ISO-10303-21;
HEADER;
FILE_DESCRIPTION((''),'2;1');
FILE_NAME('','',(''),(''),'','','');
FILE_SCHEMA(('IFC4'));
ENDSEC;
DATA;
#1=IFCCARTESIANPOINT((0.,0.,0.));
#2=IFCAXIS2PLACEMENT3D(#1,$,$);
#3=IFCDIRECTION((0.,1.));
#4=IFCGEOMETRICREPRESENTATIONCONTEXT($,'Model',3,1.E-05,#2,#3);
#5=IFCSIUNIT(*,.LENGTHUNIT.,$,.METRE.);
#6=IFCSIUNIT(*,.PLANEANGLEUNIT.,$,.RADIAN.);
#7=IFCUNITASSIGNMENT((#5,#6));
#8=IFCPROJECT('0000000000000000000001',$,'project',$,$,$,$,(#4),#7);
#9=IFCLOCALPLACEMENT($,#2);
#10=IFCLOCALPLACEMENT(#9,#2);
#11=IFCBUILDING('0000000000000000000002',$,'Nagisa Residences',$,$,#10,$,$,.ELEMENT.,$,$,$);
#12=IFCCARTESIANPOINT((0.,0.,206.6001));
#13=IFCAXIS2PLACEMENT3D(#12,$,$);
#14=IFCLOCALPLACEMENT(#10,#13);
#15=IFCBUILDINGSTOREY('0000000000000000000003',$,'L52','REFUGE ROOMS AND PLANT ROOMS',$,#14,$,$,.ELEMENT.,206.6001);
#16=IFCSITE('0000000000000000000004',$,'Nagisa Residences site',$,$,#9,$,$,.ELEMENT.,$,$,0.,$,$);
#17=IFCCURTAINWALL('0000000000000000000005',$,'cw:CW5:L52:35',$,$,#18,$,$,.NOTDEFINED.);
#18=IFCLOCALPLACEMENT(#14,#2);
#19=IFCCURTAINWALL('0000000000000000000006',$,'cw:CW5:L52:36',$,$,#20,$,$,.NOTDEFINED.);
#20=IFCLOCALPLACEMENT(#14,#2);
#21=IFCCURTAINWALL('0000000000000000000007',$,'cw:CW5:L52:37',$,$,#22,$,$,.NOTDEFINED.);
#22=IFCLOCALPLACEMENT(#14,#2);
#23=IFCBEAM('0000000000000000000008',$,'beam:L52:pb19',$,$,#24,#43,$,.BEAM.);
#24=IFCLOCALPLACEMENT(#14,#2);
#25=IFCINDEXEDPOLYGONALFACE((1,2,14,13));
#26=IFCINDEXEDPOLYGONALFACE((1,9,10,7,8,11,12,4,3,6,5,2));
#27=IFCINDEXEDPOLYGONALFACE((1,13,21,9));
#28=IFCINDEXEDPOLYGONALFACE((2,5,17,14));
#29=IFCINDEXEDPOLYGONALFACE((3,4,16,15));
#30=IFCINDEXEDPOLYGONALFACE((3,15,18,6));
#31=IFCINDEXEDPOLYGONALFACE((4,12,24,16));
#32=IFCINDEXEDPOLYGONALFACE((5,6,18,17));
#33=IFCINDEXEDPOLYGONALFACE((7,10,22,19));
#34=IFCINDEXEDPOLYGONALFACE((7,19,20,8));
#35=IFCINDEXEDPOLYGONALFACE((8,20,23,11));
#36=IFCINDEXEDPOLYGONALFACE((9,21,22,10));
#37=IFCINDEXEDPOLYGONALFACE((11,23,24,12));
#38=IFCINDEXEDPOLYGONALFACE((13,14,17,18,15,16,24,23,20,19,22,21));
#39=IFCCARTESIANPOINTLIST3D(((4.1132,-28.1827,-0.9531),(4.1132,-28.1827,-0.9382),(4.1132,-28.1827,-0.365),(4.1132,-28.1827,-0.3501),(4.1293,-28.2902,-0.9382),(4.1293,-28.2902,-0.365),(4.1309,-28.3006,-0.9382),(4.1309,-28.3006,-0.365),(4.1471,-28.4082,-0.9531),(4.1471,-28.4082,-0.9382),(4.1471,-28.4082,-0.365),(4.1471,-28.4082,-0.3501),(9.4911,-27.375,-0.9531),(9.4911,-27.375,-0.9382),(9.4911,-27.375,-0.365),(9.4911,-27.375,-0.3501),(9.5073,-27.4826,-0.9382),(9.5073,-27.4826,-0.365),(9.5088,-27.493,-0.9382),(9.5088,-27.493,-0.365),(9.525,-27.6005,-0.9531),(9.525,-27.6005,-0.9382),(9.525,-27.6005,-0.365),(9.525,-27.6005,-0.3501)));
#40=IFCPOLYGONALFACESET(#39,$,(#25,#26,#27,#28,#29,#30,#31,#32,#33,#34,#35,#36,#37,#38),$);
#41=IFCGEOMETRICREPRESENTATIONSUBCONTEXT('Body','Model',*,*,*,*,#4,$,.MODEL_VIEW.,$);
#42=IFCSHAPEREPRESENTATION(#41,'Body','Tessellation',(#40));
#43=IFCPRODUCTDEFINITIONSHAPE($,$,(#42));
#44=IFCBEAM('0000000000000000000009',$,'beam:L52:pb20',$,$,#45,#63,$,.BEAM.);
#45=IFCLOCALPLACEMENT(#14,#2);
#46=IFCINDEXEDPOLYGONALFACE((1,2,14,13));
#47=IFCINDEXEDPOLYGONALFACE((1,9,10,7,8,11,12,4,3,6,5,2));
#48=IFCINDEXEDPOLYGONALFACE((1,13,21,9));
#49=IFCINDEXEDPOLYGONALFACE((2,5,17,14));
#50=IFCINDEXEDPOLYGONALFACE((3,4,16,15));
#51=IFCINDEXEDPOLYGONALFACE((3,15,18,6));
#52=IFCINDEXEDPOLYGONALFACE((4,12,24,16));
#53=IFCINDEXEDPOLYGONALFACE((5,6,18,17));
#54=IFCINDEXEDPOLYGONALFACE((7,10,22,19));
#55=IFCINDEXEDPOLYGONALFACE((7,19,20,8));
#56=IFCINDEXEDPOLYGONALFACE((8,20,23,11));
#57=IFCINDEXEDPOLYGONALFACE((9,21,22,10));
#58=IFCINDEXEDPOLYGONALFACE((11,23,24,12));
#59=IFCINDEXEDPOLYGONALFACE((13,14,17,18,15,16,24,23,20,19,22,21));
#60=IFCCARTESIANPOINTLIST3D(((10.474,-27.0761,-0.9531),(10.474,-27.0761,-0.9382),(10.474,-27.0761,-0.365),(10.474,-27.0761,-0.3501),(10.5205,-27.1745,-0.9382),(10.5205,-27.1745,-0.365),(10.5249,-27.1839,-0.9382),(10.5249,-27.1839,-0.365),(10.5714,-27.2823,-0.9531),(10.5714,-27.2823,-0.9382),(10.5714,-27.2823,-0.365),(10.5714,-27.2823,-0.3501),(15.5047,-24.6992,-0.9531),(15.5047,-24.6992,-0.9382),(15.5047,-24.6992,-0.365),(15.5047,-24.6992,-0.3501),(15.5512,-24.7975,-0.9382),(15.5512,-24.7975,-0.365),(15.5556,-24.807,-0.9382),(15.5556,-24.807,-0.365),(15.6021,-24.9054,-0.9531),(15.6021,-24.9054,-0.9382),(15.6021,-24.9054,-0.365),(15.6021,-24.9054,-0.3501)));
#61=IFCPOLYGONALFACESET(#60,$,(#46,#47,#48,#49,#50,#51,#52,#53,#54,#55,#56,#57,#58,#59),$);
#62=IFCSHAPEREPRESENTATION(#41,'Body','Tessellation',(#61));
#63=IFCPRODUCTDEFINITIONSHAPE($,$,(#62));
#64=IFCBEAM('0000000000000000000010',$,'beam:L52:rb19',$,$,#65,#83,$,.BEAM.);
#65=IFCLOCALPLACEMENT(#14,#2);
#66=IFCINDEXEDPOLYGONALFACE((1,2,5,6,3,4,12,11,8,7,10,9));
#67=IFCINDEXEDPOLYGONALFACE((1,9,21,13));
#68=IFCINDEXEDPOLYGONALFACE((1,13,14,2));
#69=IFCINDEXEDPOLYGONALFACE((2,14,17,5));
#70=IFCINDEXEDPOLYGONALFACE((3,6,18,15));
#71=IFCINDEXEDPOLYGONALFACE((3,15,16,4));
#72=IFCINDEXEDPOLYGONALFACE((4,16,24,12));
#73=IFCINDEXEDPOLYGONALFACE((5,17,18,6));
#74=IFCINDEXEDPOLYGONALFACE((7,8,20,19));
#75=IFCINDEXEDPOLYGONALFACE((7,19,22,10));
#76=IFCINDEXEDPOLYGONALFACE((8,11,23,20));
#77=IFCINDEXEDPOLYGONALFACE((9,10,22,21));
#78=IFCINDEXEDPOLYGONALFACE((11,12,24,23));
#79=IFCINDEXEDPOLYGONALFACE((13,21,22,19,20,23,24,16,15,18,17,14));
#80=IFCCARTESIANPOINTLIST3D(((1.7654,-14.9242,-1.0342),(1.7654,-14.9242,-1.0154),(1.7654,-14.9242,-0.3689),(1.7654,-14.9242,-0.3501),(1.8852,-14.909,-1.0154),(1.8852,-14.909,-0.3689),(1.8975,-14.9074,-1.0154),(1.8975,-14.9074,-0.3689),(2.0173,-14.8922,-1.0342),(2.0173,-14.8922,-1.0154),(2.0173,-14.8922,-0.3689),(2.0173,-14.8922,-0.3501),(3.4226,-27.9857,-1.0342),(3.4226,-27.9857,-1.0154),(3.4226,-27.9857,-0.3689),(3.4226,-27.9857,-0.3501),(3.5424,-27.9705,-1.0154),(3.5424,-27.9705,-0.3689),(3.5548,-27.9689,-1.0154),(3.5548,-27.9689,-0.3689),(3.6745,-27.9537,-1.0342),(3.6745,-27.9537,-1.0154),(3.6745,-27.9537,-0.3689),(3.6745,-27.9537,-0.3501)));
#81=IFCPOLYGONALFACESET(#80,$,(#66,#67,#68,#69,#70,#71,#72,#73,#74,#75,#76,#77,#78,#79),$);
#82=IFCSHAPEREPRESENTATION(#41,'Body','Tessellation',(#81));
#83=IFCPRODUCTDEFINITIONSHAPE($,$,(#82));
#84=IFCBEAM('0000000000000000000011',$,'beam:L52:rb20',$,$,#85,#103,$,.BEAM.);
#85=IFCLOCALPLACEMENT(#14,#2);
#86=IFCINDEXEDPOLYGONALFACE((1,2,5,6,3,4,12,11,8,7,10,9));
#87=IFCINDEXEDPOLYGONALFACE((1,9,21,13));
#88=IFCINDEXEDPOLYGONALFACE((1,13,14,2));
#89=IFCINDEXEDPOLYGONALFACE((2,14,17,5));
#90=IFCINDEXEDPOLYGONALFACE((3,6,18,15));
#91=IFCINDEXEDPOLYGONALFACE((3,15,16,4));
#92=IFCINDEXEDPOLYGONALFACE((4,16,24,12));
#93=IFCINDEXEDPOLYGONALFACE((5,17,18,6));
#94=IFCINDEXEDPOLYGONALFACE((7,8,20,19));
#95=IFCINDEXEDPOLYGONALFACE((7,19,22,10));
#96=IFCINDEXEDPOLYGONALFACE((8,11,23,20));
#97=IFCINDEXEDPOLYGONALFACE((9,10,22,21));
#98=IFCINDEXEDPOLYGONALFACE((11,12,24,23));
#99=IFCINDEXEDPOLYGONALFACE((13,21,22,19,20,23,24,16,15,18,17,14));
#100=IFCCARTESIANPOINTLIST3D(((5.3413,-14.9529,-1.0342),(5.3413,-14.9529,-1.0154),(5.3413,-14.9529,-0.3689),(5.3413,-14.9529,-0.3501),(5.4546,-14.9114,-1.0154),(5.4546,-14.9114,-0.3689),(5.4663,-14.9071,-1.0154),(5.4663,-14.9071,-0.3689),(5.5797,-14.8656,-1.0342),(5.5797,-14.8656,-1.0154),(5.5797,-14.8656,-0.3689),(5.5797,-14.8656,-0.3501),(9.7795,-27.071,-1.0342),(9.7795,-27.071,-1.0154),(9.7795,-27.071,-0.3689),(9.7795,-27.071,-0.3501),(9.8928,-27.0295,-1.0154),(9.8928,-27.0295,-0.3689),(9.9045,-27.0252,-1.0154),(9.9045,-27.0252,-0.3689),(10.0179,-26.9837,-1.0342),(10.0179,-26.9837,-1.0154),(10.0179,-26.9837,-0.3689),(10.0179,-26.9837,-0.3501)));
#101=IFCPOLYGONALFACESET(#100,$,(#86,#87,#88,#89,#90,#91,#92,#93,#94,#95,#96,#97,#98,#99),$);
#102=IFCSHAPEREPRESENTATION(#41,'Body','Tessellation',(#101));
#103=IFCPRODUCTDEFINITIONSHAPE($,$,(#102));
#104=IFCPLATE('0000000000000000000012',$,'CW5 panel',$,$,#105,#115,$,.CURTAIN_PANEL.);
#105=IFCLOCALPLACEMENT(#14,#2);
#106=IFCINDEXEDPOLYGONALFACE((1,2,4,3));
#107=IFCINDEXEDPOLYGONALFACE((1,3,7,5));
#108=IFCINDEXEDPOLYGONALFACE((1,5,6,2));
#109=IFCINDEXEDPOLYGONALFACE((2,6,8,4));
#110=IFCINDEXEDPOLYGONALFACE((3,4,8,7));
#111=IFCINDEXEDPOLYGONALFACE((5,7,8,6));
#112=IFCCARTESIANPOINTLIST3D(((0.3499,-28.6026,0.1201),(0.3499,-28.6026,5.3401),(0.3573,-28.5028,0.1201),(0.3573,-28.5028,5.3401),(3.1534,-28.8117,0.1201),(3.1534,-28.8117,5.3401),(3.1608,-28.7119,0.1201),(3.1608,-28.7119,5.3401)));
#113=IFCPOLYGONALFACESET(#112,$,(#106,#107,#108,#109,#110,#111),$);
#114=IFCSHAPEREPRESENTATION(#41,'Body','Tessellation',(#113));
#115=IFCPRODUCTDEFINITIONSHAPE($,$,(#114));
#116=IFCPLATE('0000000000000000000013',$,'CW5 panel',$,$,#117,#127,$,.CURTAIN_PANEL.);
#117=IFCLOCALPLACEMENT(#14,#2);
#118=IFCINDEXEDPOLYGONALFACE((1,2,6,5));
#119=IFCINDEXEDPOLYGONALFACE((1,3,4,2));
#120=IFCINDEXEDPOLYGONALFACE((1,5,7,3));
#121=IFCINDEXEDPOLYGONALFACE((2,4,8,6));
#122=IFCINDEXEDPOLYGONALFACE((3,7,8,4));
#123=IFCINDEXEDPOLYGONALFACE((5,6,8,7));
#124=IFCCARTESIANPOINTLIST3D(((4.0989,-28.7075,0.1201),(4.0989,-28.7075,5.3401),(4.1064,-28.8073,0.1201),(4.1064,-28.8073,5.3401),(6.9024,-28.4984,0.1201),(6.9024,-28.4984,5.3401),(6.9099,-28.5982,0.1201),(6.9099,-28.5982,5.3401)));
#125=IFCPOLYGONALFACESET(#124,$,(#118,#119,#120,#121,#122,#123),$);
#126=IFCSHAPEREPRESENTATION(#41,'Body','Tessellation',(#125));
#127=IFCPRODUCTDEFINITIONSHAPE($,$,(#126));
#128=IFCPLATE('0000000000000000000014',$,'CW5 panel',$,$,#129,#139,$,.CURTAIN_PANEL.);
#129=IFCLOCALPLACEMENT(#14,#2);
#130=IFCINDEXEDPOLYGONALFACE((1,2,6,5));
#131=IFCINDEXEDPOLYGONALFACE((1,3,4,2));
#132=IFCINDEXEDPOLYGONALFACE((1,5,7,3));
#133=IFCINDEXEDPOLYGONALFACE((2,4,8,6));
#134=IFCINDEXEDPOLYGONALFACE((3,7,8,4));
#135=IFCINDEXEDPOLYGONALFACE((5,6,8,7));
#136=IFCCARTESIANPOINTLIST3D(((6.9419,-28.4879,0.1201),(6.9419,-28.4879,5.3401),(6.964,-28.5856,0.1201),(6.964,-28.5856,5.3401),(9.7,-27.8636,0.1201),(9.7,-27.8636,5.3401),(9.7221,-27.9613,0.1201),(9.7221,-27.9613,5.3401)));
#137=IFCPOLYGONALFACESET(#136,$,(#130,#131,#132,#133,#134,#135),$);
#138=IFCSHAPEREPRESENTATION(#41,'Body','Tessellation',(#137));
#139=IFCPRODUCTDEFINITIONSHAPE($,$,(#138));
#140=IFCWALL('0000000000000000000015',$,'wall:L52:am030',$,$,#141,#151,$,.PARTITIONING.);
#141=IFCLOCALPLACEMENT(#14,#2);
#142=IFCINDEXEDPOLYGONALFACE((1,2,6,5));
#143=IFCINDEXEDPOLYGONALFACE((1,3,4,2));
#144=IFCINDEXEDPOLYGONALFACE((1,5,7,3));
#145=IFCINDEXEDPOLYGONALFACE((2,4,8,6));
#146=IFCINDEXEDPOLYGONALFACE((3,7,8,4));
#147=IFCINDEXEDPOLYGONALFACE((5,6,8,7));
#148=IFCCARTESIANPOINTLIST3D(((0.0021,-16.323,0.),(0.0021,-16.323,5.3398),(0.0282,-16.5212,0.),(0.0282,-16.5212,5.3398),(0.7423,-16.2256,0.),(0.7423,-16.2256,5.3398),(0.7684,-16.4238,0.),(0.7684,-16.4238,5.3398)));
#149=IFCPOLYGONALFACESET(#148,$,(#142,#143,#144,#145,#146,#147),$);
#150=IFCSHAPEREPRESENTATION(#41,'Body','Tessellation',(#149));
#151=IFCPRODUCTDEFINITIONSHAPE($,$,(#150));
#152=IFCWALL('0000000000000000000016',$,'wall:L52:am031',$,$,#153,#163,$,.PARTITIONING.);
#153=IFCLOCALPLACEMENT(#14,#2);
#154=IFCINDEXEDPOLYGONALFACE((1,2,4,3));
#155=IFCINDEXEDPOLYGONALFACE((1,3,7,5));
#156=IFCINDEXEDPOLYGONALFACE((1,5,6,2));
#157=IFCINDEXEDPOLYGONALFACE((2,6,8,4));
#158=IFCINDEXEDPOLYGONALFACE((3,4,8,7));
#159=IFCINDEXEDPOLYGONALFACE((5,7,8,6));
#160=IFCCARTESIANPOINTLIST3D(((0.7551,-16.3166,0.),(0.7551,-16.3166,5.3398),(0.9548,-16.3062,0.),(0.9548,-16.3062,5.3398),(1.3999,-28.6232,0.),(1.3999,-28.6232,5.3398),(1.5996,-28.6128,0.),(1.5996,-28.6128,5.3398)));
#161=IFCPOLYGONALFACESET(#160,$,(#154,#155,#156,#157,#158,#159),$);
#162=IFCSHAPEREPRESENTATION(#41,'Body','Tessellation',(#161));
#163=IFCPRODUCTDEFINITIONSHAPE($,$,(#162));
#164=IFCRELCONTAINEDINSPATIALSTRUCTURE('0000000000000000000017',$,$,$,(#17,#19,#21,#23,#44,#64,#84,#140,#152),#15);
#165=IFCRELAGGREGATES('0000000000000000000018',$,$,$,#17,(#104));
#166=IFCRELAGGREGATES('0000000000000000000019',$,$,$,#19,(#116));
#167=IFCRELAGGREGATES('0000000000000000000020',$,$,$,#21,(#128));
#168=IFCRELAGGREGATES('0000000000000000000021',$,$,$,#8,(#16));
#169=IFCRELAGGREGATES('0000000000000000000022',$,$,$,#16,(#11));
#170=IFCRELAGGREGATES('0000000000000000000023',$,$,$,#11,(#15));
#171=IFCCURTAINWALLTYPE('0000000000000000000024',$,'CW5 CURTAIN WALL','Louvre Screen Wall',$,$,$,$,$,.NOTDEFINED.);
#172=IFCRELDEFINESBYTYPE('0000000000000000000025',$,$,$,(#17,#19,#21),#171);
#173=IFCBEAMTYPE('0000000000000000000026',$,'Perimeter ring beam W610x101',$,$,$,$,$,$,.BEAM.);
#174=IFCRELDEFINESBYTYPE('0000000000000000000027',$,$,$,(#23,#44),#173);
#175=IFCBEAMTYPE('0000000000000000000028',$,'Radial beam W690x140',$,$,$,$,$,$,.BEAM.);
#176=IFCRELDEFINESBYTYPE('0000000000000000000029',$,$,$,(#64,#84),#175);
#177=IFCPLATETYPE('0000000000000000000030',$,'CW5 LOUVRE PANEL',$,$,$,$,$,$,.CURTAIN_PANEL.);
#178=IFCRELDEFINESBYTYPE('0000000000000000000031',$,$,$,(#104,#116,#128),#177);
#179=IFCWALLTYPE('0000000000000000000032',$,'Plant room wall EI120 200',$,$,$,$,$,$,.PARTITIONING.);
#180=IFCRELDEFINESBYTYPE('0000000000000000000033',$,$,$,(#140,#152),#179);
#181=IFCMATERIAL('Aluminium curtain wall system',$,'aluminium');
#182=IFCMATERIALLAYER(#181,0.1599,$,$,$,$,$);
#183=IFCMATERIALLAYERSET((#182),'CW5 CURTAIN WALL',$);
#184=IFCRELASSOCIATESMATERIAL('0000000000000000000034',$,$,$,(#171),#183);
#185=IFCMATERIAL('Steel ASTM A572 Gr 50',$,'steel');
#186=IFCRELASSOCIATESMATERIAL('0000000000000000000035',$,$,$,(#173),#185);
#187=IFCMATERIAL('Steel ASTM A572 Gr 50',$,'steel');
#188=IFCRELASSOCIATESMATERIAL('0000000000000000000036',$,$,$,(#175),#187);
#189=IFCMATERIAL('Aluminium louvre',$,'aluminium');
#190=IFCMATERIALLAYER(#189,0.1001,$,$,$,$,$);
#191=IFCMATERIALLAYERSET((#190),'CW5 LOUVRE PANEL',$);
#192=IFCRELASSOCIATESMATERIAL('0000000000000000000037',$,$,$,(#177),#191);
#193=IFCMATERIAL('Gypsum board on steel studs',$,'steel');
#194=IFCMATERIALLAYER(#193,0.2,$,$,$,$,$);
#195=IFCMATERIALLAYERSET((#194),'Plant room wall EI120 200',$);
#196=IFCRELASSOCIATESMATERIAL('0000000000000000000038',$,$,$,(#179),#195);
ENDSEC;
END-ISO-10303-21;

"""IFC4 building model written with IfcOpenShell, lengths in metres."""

from ifc_helpers import new_model, si_unit, direction, frame, frame_2d, origin, origin_2d, place, context, subcontext, project, spatial, rectangle, i_section, extrude, material, layer, layer_set, material_profile, profile_set, type_object, element, aggregate, save


model = new_model("IFC4")

# Units and contexts
model_context = context("Model", 3, precision=1e-05, world=origin(), true_north=direction((0.0, 1.0)))
body_context = subcontext(model_context, "Body", "Model", "MODEL_VIEW")
ifc_project = project(units=[si_unit("LENGTHUNIT", "METRE"), si_unit("PLANEANGLEUNIT", "RADIAN")], contexts=[model_context])

# Site, building, storey
site_placement = place(None, origin())
site = spatial("IfcSite", under=ifc_project, at=site_placement, Name="Nagisa Residences site", CompositionType="ELEMENT", RefElevation=0.0)
building_placement = place(site_placement, origin())
building = spatial("IfcBuilding", under=site, at=building_placement, Name="Nagisa Residences", CompositionType="ELEMENT")
storey_placement = place(building_placement, frame((0.0, 0.0, 206.6001)))
storey = spatial("IfcBuildingStorey", under=building, at=storey_placement, Name="L52", Description="REFUGE ROOMS AND PLANT ROOMS", CompositionType="ELEMENT", Elevation=206.6001)

# Curtain walls
ifc_material_1 = material(Name="Aluminium curtain wall system", Category="aluminium")
ifc_layer_1 = layer(ifc_material_1, 0.1599)
ifc_layer_set_1 = layer_set([ifc_layer_1], Name="CW5 CURTAIN WALL")
curtain_wall_type = type_object("IfcCurtainWallType", Name="CW5 CURTAIN WALL", Description="Louvre Screen Wall", PredefinedType="NOTDEFINED", material=ifc_layer_set_1)
curtain_wall_1_placement = place(storey_placement, origin())
curtain_wall_1 = element("IfcCurtainWall", 1, at=curtain_wall_1_placement, inside=storey, type_object=curtain_wall_type, Name="cw:CW5:L52:35", PredefinedType="NOTDEFINED")
curtain_wall_2_placement = place(storey_placement, origin())
curtain_wall_2 = element("IfcCurtainWall", 2, at=curtain_wall_2_placement, inside=storey, type_object=curtain_wall_type, Name="cw:CW5:L52:36", PredefinedType="NOTDEFINED")
curtain_wall_3_placement = place(storey_placement, origin())
curtain_wall_3 = element("IfcCurtainWall", 3, at=curtain_wall_3_placement, inside=storey, type_object=curtain_wall_type, Name="cw:CW5:L52:37", PredefinedType="NOTDEFINED")

# Beams
ifc_material_2 = material(Name="Steel ASTM A572 Gr 50", Category="steel")
ifc_material_profile_1 = material_profile(ifc_material_2, i_section(OverallWidth=0.228, OverallDepth=0.603, WebThickness=0.0105, FlangeThickness=0.0149, at=origin_2d()), Name="W610x101")
ifc_profile_set_1 = profile_set([ifc_material_profile_1], Name="Steel ASTM A572 Gr 50")
beam_type_1 = type_object("IfcBeamType", Name="Perimeter ring beam W610x101", PredefinedType="BEAM", material=ifc_profile_set_1)
beam_1_placement = place(storey_placement, frame((4.1301, -28.2954, -0.6516), z_axis=(0.988911, 0.148507, 0.0), x_axis=(-0.148507, 0.988911, 0.0)))
element("IfcBeam", 4, at=beam_1_placement, inside=storey, type_object=beam_type_1, Name="beam:L52:pb19", PredefinedType="BEAM", context=body_context, shape_type="SweptSolid", body=[
    extrude(i_section(OverallWidth=0.228, OverallDepth=0.603, WebThickness=0.0105, FlangeThickness=0.0149, at=origin_2d()), origin(), (0.0, 0.0, 1.0), 5.4382),
])
beam_2_placement = place(storey_placement, frame((10.5227, -27.1792, -0.6516), z_axis=(0.904157, 0.4272, 0.0), x_axis=(-0.4272, 0.904157, 0.0)))
element("IfcBeam", 5, at=beam_2_placement, inside=storey, type_object=beam_type_1, Name="beam:L52:pb20", PredefinedType="BEAM", context=body_context, shape_type="SweptSolid", body=[
    extrude(i_section(OverallWidth=0.228, OverallDepth=0.603, WebThickness=0.0105, FlangeThickness=0.0149, at=origin_2d()), origin(), (0.0, 0.0, 1.0), 5.564),
])
ifc_material_3 = material(Name="Steel ASTM A572 Gr 50", Category="steel")
ifc_material_profile_2 = material_profile(ifc_material_3, i_section(OverallWidth=0.2539, OverallDepth=0.6841, WebThickness=0.0125, FlangeThickness=0.0188, at=origin_2d()), Name="W690x140")
ifc_profile_set_2 = profile_set([ifc_material_profile_2], Name="Steel ASTM A572 Gr 50")
beam_type_2 = type_object("IfcBeamType", Name="Radial beam W690x140", PredefinedType="BEAM", material=ifc_profile_set_2)
beam_3_placement = place(storey_placement, frame((3.5486, -27.9697, -0.6921), z_axis=(-0.125869, 0.992047, 0.0), x_axis=(-0.992047, -0.125869, 0.0)))
element("IfcBeam", 6, at=beam_3_placement, inside=storey, type_object=beam_type_2, Name="beam:L52:rb19", PredefinedType="BEAM", context=body_context, shape_type="SweptSolid", body=[
    extrude(i_section(OverallWidth=0.2539, OverallDepth=0.6841, WebThickness=0.0125, FlangeThickness=0.0188, at=origin_2d()), origin(), (0.0, 0.0, 1.0), 13.1663),
])
beam_4_placement = place(storey_placement, frame((9.8987, -27.0273, -0.6921), z_axis=(-0.343907, 0.939004, 0.0), x_axis=(-0.939004, -0.343907, 0.0)))
element("IfcBeam", 7, at=beam_4_placement, inside=storey, type_object=beam_type_2, Name="beam:L52:rb20", PredefinedType="BEAM", context=body_context, shape_type="SweptSolid", body=[
    extrude(i_section(OverallWidth=0.2539, OverallDepth=0.6841, WebThickness=0.0125, FlangeThickness=0.0188, at=origin_2d()), origin(), (0.0, 0.0, 1.0), 12.9053),
])

# Plates
ifc_material_4 = material(Name="Aluminium louvre", Category="aluminium")
ifc_layer_2 = layer(ifc_material_4, 0.1001)
ifc_layer_set_2 = layer_set([ifc_layer_2], Name="CW5 LOUVRE PANEL")
plate_type = type_object("IfcPlateType", Name="CW5 LOUVRE PANEL", PredefinedType="CURTAIN_PANEL", material=ifc_layer_set_2)
plate_1_placement = place(storey_placement, frame((1.7554, -28.6572, 0.1201), z_axis=(0.0, 0.0, 1.0), x_axis=(0.99723, -0.074377, 0.0)))
plate_1 = element("IfcPlate", 8, at=plate_1_placement, type_object=plate_type, Name="CW5 panel", PredefinedType="CURTAIN_PANEL", context=body_context, shape_type="SweptSolid", body=[
    extrude(rectangle(XDim=2.8113, YDim=0.1001, at=origin_2d()), origin(), (0.0, 0.0, 1.0), 5.22),
])
aggregate(curtain_wall_1, [plate_1])
plate_2_placement = place(storey_placement, frame((5.5044, -28.6528, 0.1201), z_axis=(0.0, 0.0, 1.0), x_axis=(0.99723, 0.074377, 0.0)))
plate_2 = element("IfcPlate", 9, at=plate_2_placement, type_object=plate_type, Name="CW5 panel", PredefinedType="CURTAIN_PANEL", context=body_context, shape_type="SweptSolid", body=[
    extrude(rectangle(XDim=2.8113, YDim=0.1001, at=origin_2d()), origin(), (0.0, 0.0, 1.0), 5.22),
])
aggregate(curtain_wall_2, [plate_2])
plate_3_placement = place(storey_placement, frame((8.332, -28.2246, 0.1201), z_axis=(0.0, 0.0, 1.0), x_axis=(0.975327, 0.220764, 0.0)))
plate_3 = element("IfcPlate", 10, at=plate_3_placement, type_object=plate_type, Name="CW5 panel", PredefinedType="CURTAIN_PANEL", context=body_context, shape_type="SweptSolid", body=[
    extrude(rectangle(XDim=2.8279, YDim=0.1001, at=origin_2d()), origin(), (0.0, 0.0, 1.0), 5.22),
])
aggregate(curtain_wall_3, [plate_3])

# Walls
ifc_material_5 = material(Name="Gypsum board on steel studs", Category="steel")
ifc_layer_3 = layer(ifc_material_5, 0.2)
ifc_layer_set_3 = layer_set([ifc_layer_3], Name="Plant room wall EI120 200")
wall_type = type_object("IfcWallType", Name="Plant room wall EI120 200", PredefinedType="PARTITIONING", material=ifc_layer_set_3)
wall_1_placement = place(storey_placement, frame((0.7554, -16.3247, 0.0), z_axis=(0.0, 0.0, 1.0), x_axis=(-0.991452, -0.130471, 0.0)))
element("IfcWall", 11, at=wall_1_placement, inside=storey, type_object=wall_type, Name="wall:L52:am030", PredefinedType="PARTITIONING", context=body_context, shape_type="SweptSolid", body=[
    extrude(rectangle(XDim=0.7466, YDim=0.2, at=frame_2d((0.3733, 0.0))), origin(), (0.0, 0.0, 1.0), 5.3398),
])
wall_2_placement = place(storey_placement, frame((0.855, -16.3115, 0.0), z_axis=(0.0, 0.0, 1.0), x_axis=(0.052321, -0.99863, 0.0)))
element("IfcWall", 12, at=wall_2_placement, inside=storey, type_object=wall_type, Name="wall:L52:am031", PredefinedType="PARTITIONING", context=body_context, shape_type="SweptSolid", body=[
    extrude(rectangle(XDim=12.3235, YDim=0.2, at=frame_2d((6.1616, 0.0))), origin(), (0.0, 0.0, 1.0), 5.3398),
])

save(model, "model.ifc")
